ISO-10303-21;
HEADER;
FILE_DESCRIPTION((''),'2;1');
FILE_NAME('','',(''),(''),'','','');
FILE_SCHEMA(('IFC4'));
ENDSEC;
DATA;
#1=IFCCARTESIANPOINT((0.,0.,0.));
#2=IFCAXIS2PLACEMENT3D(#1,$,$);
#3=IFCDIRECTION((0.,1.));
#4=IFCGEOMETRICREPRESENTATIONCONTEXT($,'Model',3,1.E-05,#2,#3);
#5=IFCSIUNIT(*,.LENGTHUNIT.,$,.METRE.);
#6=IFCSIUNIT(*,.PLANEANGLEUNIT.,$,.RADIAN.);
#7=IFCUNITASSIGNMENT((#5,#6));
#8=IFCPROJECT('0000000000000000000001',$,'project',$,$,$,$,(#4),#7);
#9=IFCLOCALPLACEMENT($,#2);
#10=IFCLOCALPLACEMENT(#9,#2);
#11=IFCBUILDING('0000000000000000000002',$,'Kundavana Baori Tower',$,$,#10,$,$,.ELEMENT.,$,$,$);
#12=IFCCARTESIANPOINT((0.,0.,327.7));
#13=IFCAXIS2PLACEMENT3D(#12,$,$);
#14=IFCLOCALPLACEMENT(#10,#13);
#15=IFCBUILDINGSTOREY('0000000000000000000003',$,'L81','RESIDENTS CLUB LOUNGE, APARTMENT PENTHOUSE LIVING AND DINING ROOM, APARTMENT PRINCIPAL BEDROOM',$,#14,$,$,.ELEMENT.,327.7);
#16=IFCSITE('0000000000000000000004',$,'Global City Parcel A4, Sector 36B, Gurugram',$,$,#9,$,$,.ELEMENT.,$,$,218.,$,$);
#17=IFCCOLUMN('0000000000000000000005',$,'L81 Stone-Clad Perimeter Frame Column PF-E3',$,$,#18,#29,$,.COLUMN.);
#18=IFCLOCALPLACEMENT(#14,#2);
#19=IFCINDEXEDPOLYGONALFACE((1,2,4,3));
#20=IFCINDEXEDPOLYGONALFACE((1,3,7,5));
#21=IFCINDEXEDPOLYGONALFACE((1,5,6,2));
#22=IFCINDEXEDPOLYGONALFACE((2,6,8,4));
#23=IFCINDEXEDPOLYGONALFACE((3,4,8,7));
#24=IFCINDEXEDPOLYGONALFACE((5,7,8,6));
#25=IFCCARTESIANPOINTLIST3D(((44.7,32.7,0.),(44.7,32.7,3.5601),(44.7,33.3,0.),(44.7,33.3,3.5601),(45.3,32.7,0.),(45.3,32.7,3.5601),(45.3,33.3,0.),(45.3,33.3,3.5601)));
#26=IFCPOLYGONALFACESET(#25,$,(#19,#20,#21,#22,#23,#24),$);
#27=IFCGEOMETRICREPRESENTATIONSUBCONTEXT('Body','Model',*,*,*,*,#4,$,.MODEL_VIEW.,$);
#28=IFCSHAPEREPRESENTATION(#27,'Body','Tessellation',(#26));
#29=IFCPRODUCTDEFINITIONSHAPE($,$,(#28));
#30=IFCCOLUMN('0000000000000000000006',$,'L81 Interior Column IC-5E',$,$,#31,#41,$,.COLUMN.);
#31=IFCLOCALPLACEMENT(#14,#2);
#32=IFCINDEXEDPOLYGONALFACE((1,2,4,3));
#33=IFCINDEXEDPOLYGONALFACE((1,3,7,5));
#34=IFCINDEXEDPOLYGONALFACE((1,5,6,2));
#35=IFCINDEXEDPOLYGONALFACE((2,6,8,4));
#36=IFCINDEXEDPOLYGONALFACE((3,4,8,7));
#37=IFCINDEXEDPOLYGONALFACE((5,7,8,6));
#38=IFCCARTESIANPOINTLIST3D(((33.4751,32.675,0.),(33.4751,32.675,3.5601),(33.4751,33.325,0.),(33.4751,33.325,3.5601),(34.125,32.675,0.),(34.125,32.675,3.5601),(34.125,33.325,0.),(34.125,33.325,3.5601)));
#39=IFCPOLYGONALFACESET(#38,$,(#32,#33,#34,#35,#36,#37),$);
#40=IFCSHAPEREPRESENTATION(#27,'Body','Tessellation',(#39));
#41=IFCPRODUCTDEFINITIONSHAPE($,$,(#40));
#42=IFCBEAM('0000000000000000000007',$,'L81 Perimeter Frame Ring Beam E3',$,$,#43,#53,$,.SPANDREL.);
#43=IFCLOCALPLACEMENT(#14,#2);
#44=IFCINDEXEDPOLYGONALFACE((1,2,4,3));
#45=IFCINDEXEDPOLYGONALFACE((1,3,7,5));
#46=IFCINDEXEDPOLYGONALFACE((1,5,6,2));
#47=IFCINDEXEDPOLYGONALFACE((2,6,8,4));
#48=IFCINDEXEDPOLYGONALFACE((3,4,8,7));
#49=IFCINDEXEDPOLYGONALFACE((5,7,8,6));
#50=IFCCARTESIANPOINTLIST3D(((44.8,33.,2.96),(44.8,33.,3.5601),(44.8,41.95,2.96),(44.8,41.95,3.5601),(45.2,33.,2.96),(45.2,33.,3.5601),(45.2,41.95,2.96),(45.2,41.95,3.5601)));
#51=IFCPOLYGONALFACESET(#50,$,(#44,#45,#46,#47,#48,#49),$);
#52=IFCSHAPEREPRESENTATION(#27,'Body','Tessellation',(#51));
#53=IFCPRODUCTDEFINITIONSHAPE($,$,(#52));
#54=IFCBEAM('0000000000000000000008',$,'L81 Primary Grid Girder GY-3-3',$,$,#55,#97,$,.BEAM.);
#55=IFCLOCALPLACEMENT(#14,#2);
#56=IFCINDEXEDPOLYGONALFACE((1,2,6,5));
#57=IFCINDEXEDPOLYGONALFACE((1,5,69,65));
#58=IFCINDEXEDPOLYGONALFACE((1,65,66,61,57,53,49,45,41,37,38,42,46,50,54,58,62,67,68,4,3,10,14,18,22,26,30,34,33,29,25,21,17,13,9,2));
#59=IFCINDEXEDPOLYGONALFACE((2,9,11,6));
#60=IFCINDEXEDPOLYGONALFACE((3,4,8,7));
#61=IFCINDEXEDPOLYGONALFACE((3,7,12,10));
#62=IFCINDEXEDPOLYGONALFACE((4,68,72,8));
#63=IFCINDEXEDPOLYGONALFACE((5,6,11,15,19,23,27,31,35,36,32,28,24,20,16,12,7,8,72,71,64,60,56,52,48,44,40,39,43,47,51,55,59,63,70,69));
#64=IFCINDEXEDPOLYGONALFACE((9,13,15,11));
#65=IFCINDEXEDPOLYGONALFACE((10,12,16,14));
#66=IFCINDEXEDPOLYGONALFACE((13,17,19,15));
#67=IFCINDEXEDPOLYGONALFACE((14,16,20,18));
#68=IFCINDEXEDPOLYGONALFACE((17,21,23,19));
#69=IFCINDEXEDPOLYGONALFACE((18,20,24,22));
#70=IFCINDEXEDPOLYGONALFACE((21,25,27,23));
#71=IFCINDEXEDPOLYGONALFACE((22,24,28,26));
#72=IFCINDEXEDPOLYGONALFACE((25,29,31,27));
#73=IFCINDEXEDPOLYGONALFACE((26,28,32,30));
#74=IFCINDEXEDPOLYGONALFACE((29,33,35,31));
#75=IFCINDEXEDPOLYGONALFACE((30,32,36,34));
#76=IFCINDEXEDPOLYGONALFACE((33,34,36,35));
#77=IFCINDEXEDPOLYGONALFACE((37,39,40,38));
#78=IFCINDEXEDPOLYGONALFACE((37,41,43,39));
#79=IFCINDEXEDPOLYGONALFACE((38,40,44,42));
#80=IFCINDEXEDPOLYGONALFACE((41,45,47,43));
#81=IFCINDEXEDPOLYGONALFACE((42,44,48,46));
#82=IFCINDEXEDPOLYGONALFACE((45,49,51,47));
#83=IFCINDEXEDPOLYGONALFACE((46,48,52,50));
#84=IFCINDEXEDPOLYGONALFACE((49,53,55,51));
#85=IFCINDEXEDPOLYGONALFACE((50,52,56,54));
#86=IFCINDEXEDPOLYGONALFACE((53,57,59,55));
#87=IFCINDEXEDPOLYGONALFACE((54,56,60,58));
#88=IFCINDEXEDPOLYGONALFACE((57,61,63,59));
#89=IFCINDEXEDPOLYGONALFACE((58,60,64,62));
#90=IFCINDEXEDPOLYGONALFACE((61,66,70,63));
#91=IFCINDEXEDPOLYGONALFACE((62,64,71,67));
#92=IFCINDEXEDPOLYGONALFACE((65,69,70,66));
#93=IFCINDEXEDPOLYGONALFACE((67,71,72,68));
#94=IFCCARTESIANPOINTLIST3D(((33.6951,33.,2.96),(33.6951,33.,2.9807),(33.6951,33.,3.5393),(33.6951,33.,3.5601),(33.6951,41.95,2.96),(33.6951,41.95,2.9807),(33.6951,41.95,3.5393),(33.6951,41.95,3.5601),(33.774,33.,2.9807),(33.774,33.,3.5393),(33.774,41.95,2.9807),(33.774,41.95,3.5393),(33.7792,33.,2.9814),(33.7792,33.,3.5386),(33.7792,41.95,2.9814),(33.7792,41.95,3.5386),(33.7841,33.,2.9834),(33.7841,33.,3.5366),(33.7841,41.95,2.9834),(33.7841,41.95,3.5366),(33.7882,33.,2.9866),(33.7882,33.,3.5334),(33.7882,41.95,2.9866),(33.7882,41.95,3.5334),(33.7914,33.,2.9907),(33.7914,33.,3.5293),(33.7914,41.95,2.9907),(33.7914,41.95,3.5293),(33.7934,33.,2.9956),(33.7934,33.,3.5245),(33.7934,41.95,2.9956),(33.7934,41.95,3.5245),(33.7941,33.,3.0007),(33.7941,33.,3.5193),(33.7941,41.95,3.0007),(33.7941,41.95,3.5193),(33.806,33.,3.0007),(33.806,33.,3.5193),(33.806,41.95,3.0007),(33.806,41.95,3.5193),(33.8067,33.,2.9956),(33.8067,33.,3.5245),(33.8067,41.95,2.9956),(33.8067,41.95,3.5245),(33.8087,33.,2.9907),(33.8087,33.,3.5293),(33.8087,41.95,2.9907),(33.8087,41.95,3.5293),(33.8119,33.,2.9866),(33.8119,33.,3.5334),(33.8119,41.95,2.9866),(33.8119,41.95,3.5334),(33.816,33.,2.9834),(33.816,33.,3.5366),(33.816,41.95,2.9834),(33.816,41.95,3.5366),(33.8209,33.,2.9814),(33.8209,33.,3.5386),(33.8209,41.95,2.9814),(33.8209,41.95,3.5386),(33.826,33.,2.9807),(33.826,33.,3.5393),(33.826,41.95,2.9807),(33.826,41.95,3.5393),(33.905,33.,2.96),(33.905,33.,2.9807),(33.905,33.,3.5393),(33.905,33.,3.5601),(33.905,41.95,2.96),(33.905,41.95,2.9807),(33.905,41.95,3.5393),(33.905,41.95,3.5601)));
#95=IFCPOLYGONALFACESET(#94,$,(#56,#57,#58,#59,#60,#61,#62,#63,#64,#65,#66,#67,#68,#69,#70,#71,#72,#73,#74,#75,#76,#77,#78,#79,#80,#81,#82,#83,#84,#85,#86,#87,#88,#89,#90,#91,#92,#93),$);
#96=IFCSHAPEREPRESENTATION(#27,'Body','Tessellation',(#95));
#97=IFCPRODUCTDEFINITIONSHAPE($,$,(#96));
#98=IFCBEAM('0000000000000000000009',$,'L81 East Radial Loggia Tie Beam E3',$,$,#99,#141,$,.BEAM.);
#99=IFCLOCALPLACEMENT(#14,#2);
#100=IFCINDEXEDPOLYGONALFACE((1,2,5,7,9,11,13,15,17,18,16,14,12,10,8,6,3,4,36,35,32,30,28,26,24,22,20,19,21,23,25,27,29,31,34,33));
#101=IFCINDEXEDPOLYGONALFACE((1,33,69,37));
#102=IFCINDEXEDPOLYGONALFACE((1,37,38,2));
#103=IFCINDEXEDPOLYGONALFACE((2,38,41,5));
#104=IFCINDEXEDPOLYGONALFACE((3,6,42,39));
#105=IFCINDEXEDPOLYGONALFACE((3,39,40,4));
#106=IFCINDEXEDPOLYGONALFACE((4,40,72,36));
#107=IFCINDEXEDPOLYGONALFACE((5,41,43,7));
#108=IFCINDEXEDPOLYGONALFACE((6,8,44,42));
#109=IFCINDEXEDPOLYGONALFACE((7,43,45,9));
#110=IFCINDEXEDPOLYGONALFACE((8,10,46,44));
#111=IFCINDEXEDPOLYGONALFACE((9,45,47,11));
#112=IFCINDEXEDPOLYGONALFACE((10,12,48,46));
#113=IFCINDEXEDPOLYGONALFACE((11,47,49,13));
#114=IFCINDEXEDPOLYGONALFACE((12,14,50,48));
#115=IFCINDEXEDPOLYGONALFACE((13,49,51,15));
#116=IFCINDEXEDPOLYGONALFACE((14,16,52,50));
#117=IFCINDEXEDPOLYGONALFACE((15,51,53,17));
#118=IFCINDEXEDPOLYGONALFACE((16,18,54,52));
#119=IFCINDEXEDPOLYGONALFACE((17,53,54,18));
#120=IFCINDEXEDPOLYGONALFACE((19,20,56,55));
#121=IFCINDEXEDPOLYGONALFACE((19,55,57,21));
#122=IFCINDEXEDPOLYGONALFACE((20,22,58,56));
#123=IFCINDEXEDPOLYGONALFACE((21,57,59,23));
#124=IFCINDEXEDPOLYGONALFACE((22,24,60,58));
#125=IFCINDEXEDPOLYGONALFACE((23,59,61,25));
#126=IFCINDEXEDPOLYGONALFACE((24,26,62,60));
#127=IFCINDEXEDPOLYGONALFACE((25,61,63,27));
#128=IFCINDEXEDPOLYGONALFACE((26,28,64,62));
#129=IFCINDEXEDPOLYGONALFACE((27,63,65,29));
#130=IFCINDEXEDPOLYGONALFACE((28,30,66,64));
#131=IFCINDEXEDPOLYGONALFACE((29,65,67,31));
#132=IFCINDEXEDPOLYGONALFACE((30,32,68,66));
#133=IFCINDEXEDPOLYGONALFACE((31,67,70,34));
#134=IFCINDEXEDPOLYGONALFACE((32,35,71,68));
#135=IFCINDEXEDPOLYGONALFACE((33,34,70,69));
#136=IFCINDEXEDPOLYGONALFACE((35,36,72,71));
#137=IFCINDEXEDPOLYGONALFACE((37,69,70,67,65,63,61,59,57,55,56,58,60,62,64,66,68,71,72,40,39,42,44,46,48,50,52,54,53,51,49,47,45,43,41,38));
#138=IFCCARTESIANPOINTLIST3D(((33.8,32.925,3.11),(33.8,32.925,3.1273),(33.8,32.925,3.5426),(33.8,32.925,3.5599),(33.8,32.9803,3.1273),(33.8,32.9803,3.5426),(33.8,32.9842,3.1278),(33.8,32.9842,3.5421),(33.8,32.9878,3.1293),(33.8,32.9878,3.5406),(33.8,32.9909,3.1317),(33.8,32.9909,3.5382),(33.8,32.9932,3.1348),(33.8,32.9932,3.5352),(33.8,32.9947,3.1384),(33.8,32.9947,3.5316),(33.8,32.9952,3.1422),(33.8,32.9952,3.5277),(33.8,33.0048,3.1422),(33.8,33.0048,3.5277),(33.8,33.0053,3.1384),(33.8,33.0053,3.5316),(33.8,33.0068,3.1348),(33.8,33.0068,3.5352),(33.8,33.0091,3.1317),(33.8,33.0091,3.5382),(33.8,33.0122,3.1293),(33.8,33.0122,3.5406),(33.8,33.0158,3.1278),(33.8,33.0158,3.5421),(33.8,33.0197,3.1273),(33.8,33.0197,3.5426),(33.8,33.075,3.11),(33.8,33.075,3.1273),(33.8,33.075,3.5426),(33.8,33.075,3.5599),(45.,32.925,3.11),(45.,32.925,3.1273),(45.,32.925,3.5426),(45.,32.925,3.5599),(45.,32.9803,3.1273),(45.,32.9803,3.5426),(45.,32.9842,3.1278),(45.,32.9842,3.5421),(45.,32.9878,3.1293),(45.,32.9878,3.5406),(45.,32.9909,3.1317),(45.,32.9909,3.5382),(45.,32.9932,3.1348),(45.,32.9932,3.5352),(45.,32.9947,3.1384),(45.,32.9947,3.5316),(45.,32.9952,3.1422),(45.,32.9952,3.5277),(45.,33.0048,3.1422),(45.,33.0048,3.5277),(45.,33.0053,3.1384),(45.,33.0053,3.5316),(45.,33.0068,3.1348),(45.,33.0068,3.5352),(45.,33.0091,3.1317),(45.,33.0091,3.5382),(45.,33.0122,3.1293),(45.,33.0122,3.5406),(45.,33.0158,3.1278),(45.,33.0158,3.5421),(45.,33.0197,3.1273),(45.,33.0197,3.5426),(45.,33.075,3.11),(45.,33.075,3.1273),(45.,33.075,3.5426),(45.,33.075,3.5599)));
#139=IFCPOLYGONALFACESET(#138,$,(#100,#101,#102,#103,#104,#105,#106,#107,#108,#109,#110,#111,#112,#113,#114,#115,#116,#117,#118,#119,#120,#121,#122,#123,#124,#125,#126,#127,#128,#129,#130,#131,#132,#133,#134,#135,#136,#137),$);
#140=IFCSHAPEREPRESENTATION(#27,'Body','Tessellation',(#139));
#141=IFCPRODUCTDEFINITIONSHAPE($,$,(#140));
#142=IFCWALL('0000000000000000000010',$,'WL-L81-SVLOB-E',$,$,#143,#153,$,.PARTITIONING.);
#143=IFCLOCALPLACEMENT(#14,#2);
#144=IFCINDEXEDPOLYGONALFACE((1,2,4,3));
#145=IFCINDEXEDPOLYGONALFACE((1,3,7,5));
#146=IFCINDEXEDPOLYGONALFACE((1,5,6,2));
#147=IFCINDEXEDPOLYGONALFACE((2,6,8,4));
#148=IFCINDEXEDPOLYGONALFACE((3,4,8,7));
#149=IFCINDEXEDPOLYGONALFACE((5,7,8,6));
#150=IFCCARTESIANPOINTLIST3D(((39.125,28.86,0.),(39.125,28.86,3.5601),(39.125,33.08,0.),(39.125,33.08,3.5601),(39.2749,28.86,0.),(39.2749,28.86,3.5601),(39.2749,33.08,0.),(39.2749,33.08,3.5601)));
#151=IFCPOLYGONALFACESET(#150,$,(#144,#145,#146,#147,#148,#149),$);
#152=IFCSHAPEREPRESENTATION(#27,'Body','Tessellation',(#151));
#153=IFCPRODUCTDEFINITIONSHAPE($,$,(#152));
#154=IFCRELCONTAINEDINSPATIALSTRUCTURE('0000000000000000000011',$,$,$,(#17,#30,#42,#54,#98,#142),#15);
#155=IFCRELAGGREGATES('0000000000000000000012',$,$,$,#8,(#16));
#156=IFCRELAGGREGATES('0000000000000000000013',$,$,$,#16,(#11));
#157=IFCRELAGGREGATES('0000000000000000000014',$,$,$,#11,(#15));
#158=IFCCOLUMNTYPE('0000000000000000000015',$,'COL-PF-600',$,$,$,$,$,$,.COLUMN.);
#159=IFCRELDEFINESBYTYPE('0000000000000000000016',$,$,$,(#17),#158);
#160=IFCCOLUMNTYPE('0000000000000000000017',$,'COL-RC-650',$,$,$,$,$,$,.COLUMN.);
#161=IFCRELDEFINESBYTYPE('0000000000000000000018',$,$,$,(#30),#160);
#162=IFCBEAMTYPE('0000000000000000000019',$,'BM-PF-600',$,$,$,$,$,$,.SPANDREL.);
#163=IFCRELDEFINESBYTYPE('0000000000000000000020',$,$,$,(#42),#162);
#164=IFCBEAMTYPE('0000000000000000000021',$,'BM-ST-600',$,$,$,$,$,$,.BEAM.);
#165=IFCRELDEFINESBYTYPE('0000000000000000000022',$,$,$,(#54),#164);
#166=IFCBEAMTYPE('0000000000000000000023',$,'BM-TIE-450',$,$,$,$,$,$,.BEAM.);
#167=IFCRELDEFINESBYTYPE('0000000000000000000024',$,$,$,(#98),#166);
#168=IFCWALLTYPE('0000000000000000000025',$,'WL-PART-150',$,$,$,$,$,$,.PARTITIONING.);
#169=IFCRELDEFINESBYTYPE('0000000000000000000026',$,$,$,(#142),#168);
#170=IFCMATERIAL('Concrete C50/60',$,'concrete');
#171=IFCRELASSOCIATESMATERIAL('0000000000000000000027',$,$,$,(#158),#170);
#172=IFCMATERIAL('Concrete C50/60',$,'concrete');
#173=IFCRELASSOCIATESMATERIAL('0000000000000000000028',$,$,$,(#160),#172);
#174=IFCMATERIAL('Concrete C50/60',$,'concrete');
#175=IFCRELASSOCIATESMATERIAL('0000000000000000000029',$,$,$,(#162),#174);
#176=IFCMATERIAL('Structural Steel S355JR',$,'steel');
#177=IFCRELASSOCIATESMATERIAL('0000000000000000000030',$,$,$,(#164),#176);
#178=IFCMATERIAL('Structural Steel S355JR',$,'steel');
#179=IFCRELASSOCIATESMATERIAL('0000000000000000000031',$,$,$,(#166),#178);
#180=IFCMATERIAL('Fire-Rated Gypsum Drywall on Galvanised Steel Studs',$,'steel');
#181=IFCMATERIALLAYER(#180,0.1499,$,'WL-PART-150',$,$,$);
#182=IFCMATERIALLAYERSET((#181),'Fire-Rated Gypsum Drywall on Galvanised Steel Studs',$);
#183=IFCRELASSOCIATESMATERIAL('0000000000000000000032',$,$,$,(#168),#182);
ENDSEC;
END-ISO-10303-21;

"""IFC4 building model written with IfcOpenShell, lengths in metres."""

from ifc_helpers import new_model, si_unit, direction, frame, frame_2d, origin, origin_2d, place, context, subcontext, project, spatial, rectangle, i_section, extrude, material, layer, layer_set, material_profile, profile_set, type_object, element, save


model = new_model("IFC4")

# Units and contexts
model_context = context("Model", 3, precision=1e-05, world=origin(), true_north=direction((0.0, 1.0)))
body_context = subcontext(model_context, "Body", "Model", "MODEL_VIEW")
ifc_project = project(units=[si_unit("LENGTHUNIT", "METRE"), si_unit("PLANEANGLEUNIT", "RADIAN")], contexts=[model_context])

# Site, building, storey
site_placement = place(None, origin())
site = spatial("IfcSite", under=ifc_project, at=site_placement, Name="Global City Parcel A4, Sector 36B, Gurugram", CompositionType="ELEMENT", RefElevation=218.0)
building_placement = place(site_placement, origin())
building = spatial("IfcBuilding", under=site, at=building_placement, Name="Kundavana Baori Tower", CompositionType="ELEMENT")
storey_placement = place(building_placement, frame((0.0, 0.0, 327.7)))
storey = spatial("IfcBuildingStorey", under=building, at=storey_placement, Name="L81", Description="RESIDENTS CLUB LOUNGE, APARTMENT PENTHOUSE LIVING AND DINING ROOM, APARTMENT PRINCIPAL BEDROOM", CompositionType="ELEMENT", Elevation=327.7)

# Columns
ifc_material_1 = material(Name="Concrete C50/60", Category="concrete")
ifc_material_profile_1 = material_profile(ifc_material_1, rectangle(XDim=0.6001, YDim=0.6001, at=origin_2d()), Name="RC PF 600x600")
ifc_profile_set_1 = profile_set([ifc_material_profile_1], Name="Concrete C50/60")
column_type_1 = type_object("IfcColumnType", Name="COL-PF-600", PredefinedType="COLUMN", material=ifc_profile_set_1)
column_1_placement = place(storey_placement, frame((45.0, 33.0, 0.0), z_axis=(0.0, 0.0, 1.0), x_axis=(1.0, 0.0, 0.0)))
element("IfcColumn", 1, at=column_1_placement, inside=storey, type_object=column_type_1, Name="L81 Stone-Clad Perimeter Frame Column PF-E3", PredefinedType="COLUMN", context=body_context, shape_type="SweptSolid", body=[
    extrude(rectangle(XDim=0.6001, YDim=0.6001, at=origin_2d()), origin(), (0.0, 0.0, 1.0), 3.5601),
])
ifc_material_2 = material(Name="Concrete C50/60", Category="concrete")
ifc_material_profile_2 = material_profile(ifc_material_2, rectangle(XDim=0.6499, YDim=0.6499, at=origin_2d()), Name="RC 650x650")
ifc_profile_set_2 = profile_set([ifc_material_profile_2], Name="Concrete C50/60")
column_type_2 = type_object("IfcColumnType", Name="COL-RC-650", PredefinedType="COLUMN", material=ifc_profile_set_2)
column_2_placement = place(storey_placement, frame((33.8, 33.0, 0.0), z_axis=(0.0, 0.0, 1.0), x_axis=(1.0, 0.0, 0.0)))
element("IfcColumn", 2, at=column_2_placement, inside=storey, type_object=column_type_2, Name="L81 Interior Column IC-5E", PredefinedType="COLUMN", context=body_context, shape_type="SweptSolid", body=[
    extrude(rectangle(XDim=0.6499, YDim=0.6499, at=origin_2d()), origin(), (0.0, 0.0, 1.0), 3.5601),
])

# Beams
ifc_material_3 = material(Name="Concrete C50/60", Category="concrete")
ifc_material_profile_3 = material_profile(ifc_material_3, rectangle(XDim=0.3999, YDim=0.6001, at=origin_2d()), Name="RC BM 400x600")
ifc_profile_set_3 = profile_set([ifc_material_profile_3], Name="Concrete C50/60")
beam_type_1 = type_object("IfcBeamType", Name="BM-PF-600", PredefinedType="SPANDREL", material=ifc_profile_set_3)
beam_1_placement = place(storey_placement, frame((45.0, 33.0, 3.26), z_axis=(0.0, 1.0, 0.0), x_axis=(-1.0, 0.0, 0.0)))
element("IfcBeam", 3, at=beam_1_placement, inside=storey, type_object=beam_type_1, Name="L81 Perimeter Frame Ring Beam E3", PredefinedType="SPANDREL", context=body_context, shape_type="SweptSolid", body=[
    extrude(rectangle(XDim=0.3999, YDim=0.6001, at=origin_2d()), origin(), (0.0, 0.0, 1.0), 8.95),
])
ifc_material_4 = material(Name="Structural Steel S355JR", Category="steel")
ifc_material_profile_4 = material_profile(ifc_material_4, i_section(OverallWidth=0.21, OverallDepth=0.6001, WebThickness=0.012, FlangeThickness=0.0208, FilletRadius=0.02, at=origin_2d()), Name="ISMB 600")
ifc_profile_set_4 = profile_set([ifc_material_profile_4], Name="Structural Steel S355JR")
beam_type_2 = type_object("IfcBeamType", Name="BM-ST-600", PredefinedType="BEAM", material=ifc_profile_set_4)
beam_2_placement = place(storey_placement, frame((33.8, 33.0, 3.26), z_axis=(0.0, 1.0, 0.0), x_axis=(-1.0, 0.0, 0.0)))
element("IfcBeam", 4, at=beam_2_placement, inside=storey, type_object=beam_type_2, Name="L81 Primary Grid Girder GY-3-3", PredefinedType="BEAM", context=body_context, shape_type="SweptSolid", body=[
    extrude(i_section(OverallWidth=0.21, OverallDepth=0.6001, WebThickness=0.012, FlangeThickness=0.0208, FilletRadius=0.02, at=origin_2d()), origin(), (0.0, 0.0, 1.0), 8.95),
])
ifc_material_5 = material(Name="Structural Steel S355JR", Category="steel")
ifc_material_profile_5 = material_profile(ifc_material_5, i_section(OverallWidth=0.1499, OverallDepth=0.45, WebThickness=0.0095, FlangeThickness=0.0173, FilletRadius=0.0149, at=origin_2d()), Name="ISMB 450")
ifc_profile_set_5 = profile_set([ifc_material_profile_5], Name="Structural Steel S355JR")
beam_type_3 = type_object("IfcBeamType", Name="BM-TIE-450", PredefinedType="BEAM", material=ifc_profile_set_5)
beam_3_placement = place(storey_placement, frame((33.8, 33.0, 3.335), z_axis=(1.0, 0.0, 0.0), x_axis=(0.0, 1.0, 0.0)))
element("IfcBeam", 5, at=beam_3_placement, inside=storey, type_object=beam_type_3, Name="L81 East Radial Loggia Tie Beam E3", PredefinedType="BEAM", context=body_context, shape_type="SweptSolid", body=[
    extrude(i_section(OverallWidth=0.1499, OverallDepth=0.45, WebThickness=0.0095, FlangeThickness=0.0173, FilletRadius=0.0149, at=origin_2d()), origin(), (0.0, 0.0, 1.0), 11.2),
])

# Wall
ifc_material_6 = material(Name="Fire-Rated Gypsum Drywall on Galvanised Steel Studs", Category="steel")
ifc_layer_1 = layer(ifc_material_6, 0.1499, Name="WL-PART-150")
ifc_layer_set_1 = layer_set([ifc_layer_1], Name="Fire-Rated Gypsum Drywall on Galvanised Steel Studs")
wall_type_1 = type_object("IfcWallType", Name="WL-PART-150", PredefinedType="PARTITIONING", material=ifc_layer_set_1)
wall_1_placement = place(storey_placement, frame((39.2, 28.8601, 0.0), z_axis=(0.0, 0.0, 1.0), x_axis=(0.0, 1.0, 0.0)))
element("IfcWall", 6, at=wall_1_placement, inside=storey, type_object=wall_type_1, Name="WL-L81-SVLOB-E", PredefinedType="PARTITIONING", context=body_context, shape_type="SweptSolid", body=[
    extrude(rectangle(XDim=4.22, YDim=0.1499, at=frame_2d((2.1099, 0.0))), origin(), (0.0, 0.0, 1.0), 3.5601),
])

save(model, "model.ifc")
